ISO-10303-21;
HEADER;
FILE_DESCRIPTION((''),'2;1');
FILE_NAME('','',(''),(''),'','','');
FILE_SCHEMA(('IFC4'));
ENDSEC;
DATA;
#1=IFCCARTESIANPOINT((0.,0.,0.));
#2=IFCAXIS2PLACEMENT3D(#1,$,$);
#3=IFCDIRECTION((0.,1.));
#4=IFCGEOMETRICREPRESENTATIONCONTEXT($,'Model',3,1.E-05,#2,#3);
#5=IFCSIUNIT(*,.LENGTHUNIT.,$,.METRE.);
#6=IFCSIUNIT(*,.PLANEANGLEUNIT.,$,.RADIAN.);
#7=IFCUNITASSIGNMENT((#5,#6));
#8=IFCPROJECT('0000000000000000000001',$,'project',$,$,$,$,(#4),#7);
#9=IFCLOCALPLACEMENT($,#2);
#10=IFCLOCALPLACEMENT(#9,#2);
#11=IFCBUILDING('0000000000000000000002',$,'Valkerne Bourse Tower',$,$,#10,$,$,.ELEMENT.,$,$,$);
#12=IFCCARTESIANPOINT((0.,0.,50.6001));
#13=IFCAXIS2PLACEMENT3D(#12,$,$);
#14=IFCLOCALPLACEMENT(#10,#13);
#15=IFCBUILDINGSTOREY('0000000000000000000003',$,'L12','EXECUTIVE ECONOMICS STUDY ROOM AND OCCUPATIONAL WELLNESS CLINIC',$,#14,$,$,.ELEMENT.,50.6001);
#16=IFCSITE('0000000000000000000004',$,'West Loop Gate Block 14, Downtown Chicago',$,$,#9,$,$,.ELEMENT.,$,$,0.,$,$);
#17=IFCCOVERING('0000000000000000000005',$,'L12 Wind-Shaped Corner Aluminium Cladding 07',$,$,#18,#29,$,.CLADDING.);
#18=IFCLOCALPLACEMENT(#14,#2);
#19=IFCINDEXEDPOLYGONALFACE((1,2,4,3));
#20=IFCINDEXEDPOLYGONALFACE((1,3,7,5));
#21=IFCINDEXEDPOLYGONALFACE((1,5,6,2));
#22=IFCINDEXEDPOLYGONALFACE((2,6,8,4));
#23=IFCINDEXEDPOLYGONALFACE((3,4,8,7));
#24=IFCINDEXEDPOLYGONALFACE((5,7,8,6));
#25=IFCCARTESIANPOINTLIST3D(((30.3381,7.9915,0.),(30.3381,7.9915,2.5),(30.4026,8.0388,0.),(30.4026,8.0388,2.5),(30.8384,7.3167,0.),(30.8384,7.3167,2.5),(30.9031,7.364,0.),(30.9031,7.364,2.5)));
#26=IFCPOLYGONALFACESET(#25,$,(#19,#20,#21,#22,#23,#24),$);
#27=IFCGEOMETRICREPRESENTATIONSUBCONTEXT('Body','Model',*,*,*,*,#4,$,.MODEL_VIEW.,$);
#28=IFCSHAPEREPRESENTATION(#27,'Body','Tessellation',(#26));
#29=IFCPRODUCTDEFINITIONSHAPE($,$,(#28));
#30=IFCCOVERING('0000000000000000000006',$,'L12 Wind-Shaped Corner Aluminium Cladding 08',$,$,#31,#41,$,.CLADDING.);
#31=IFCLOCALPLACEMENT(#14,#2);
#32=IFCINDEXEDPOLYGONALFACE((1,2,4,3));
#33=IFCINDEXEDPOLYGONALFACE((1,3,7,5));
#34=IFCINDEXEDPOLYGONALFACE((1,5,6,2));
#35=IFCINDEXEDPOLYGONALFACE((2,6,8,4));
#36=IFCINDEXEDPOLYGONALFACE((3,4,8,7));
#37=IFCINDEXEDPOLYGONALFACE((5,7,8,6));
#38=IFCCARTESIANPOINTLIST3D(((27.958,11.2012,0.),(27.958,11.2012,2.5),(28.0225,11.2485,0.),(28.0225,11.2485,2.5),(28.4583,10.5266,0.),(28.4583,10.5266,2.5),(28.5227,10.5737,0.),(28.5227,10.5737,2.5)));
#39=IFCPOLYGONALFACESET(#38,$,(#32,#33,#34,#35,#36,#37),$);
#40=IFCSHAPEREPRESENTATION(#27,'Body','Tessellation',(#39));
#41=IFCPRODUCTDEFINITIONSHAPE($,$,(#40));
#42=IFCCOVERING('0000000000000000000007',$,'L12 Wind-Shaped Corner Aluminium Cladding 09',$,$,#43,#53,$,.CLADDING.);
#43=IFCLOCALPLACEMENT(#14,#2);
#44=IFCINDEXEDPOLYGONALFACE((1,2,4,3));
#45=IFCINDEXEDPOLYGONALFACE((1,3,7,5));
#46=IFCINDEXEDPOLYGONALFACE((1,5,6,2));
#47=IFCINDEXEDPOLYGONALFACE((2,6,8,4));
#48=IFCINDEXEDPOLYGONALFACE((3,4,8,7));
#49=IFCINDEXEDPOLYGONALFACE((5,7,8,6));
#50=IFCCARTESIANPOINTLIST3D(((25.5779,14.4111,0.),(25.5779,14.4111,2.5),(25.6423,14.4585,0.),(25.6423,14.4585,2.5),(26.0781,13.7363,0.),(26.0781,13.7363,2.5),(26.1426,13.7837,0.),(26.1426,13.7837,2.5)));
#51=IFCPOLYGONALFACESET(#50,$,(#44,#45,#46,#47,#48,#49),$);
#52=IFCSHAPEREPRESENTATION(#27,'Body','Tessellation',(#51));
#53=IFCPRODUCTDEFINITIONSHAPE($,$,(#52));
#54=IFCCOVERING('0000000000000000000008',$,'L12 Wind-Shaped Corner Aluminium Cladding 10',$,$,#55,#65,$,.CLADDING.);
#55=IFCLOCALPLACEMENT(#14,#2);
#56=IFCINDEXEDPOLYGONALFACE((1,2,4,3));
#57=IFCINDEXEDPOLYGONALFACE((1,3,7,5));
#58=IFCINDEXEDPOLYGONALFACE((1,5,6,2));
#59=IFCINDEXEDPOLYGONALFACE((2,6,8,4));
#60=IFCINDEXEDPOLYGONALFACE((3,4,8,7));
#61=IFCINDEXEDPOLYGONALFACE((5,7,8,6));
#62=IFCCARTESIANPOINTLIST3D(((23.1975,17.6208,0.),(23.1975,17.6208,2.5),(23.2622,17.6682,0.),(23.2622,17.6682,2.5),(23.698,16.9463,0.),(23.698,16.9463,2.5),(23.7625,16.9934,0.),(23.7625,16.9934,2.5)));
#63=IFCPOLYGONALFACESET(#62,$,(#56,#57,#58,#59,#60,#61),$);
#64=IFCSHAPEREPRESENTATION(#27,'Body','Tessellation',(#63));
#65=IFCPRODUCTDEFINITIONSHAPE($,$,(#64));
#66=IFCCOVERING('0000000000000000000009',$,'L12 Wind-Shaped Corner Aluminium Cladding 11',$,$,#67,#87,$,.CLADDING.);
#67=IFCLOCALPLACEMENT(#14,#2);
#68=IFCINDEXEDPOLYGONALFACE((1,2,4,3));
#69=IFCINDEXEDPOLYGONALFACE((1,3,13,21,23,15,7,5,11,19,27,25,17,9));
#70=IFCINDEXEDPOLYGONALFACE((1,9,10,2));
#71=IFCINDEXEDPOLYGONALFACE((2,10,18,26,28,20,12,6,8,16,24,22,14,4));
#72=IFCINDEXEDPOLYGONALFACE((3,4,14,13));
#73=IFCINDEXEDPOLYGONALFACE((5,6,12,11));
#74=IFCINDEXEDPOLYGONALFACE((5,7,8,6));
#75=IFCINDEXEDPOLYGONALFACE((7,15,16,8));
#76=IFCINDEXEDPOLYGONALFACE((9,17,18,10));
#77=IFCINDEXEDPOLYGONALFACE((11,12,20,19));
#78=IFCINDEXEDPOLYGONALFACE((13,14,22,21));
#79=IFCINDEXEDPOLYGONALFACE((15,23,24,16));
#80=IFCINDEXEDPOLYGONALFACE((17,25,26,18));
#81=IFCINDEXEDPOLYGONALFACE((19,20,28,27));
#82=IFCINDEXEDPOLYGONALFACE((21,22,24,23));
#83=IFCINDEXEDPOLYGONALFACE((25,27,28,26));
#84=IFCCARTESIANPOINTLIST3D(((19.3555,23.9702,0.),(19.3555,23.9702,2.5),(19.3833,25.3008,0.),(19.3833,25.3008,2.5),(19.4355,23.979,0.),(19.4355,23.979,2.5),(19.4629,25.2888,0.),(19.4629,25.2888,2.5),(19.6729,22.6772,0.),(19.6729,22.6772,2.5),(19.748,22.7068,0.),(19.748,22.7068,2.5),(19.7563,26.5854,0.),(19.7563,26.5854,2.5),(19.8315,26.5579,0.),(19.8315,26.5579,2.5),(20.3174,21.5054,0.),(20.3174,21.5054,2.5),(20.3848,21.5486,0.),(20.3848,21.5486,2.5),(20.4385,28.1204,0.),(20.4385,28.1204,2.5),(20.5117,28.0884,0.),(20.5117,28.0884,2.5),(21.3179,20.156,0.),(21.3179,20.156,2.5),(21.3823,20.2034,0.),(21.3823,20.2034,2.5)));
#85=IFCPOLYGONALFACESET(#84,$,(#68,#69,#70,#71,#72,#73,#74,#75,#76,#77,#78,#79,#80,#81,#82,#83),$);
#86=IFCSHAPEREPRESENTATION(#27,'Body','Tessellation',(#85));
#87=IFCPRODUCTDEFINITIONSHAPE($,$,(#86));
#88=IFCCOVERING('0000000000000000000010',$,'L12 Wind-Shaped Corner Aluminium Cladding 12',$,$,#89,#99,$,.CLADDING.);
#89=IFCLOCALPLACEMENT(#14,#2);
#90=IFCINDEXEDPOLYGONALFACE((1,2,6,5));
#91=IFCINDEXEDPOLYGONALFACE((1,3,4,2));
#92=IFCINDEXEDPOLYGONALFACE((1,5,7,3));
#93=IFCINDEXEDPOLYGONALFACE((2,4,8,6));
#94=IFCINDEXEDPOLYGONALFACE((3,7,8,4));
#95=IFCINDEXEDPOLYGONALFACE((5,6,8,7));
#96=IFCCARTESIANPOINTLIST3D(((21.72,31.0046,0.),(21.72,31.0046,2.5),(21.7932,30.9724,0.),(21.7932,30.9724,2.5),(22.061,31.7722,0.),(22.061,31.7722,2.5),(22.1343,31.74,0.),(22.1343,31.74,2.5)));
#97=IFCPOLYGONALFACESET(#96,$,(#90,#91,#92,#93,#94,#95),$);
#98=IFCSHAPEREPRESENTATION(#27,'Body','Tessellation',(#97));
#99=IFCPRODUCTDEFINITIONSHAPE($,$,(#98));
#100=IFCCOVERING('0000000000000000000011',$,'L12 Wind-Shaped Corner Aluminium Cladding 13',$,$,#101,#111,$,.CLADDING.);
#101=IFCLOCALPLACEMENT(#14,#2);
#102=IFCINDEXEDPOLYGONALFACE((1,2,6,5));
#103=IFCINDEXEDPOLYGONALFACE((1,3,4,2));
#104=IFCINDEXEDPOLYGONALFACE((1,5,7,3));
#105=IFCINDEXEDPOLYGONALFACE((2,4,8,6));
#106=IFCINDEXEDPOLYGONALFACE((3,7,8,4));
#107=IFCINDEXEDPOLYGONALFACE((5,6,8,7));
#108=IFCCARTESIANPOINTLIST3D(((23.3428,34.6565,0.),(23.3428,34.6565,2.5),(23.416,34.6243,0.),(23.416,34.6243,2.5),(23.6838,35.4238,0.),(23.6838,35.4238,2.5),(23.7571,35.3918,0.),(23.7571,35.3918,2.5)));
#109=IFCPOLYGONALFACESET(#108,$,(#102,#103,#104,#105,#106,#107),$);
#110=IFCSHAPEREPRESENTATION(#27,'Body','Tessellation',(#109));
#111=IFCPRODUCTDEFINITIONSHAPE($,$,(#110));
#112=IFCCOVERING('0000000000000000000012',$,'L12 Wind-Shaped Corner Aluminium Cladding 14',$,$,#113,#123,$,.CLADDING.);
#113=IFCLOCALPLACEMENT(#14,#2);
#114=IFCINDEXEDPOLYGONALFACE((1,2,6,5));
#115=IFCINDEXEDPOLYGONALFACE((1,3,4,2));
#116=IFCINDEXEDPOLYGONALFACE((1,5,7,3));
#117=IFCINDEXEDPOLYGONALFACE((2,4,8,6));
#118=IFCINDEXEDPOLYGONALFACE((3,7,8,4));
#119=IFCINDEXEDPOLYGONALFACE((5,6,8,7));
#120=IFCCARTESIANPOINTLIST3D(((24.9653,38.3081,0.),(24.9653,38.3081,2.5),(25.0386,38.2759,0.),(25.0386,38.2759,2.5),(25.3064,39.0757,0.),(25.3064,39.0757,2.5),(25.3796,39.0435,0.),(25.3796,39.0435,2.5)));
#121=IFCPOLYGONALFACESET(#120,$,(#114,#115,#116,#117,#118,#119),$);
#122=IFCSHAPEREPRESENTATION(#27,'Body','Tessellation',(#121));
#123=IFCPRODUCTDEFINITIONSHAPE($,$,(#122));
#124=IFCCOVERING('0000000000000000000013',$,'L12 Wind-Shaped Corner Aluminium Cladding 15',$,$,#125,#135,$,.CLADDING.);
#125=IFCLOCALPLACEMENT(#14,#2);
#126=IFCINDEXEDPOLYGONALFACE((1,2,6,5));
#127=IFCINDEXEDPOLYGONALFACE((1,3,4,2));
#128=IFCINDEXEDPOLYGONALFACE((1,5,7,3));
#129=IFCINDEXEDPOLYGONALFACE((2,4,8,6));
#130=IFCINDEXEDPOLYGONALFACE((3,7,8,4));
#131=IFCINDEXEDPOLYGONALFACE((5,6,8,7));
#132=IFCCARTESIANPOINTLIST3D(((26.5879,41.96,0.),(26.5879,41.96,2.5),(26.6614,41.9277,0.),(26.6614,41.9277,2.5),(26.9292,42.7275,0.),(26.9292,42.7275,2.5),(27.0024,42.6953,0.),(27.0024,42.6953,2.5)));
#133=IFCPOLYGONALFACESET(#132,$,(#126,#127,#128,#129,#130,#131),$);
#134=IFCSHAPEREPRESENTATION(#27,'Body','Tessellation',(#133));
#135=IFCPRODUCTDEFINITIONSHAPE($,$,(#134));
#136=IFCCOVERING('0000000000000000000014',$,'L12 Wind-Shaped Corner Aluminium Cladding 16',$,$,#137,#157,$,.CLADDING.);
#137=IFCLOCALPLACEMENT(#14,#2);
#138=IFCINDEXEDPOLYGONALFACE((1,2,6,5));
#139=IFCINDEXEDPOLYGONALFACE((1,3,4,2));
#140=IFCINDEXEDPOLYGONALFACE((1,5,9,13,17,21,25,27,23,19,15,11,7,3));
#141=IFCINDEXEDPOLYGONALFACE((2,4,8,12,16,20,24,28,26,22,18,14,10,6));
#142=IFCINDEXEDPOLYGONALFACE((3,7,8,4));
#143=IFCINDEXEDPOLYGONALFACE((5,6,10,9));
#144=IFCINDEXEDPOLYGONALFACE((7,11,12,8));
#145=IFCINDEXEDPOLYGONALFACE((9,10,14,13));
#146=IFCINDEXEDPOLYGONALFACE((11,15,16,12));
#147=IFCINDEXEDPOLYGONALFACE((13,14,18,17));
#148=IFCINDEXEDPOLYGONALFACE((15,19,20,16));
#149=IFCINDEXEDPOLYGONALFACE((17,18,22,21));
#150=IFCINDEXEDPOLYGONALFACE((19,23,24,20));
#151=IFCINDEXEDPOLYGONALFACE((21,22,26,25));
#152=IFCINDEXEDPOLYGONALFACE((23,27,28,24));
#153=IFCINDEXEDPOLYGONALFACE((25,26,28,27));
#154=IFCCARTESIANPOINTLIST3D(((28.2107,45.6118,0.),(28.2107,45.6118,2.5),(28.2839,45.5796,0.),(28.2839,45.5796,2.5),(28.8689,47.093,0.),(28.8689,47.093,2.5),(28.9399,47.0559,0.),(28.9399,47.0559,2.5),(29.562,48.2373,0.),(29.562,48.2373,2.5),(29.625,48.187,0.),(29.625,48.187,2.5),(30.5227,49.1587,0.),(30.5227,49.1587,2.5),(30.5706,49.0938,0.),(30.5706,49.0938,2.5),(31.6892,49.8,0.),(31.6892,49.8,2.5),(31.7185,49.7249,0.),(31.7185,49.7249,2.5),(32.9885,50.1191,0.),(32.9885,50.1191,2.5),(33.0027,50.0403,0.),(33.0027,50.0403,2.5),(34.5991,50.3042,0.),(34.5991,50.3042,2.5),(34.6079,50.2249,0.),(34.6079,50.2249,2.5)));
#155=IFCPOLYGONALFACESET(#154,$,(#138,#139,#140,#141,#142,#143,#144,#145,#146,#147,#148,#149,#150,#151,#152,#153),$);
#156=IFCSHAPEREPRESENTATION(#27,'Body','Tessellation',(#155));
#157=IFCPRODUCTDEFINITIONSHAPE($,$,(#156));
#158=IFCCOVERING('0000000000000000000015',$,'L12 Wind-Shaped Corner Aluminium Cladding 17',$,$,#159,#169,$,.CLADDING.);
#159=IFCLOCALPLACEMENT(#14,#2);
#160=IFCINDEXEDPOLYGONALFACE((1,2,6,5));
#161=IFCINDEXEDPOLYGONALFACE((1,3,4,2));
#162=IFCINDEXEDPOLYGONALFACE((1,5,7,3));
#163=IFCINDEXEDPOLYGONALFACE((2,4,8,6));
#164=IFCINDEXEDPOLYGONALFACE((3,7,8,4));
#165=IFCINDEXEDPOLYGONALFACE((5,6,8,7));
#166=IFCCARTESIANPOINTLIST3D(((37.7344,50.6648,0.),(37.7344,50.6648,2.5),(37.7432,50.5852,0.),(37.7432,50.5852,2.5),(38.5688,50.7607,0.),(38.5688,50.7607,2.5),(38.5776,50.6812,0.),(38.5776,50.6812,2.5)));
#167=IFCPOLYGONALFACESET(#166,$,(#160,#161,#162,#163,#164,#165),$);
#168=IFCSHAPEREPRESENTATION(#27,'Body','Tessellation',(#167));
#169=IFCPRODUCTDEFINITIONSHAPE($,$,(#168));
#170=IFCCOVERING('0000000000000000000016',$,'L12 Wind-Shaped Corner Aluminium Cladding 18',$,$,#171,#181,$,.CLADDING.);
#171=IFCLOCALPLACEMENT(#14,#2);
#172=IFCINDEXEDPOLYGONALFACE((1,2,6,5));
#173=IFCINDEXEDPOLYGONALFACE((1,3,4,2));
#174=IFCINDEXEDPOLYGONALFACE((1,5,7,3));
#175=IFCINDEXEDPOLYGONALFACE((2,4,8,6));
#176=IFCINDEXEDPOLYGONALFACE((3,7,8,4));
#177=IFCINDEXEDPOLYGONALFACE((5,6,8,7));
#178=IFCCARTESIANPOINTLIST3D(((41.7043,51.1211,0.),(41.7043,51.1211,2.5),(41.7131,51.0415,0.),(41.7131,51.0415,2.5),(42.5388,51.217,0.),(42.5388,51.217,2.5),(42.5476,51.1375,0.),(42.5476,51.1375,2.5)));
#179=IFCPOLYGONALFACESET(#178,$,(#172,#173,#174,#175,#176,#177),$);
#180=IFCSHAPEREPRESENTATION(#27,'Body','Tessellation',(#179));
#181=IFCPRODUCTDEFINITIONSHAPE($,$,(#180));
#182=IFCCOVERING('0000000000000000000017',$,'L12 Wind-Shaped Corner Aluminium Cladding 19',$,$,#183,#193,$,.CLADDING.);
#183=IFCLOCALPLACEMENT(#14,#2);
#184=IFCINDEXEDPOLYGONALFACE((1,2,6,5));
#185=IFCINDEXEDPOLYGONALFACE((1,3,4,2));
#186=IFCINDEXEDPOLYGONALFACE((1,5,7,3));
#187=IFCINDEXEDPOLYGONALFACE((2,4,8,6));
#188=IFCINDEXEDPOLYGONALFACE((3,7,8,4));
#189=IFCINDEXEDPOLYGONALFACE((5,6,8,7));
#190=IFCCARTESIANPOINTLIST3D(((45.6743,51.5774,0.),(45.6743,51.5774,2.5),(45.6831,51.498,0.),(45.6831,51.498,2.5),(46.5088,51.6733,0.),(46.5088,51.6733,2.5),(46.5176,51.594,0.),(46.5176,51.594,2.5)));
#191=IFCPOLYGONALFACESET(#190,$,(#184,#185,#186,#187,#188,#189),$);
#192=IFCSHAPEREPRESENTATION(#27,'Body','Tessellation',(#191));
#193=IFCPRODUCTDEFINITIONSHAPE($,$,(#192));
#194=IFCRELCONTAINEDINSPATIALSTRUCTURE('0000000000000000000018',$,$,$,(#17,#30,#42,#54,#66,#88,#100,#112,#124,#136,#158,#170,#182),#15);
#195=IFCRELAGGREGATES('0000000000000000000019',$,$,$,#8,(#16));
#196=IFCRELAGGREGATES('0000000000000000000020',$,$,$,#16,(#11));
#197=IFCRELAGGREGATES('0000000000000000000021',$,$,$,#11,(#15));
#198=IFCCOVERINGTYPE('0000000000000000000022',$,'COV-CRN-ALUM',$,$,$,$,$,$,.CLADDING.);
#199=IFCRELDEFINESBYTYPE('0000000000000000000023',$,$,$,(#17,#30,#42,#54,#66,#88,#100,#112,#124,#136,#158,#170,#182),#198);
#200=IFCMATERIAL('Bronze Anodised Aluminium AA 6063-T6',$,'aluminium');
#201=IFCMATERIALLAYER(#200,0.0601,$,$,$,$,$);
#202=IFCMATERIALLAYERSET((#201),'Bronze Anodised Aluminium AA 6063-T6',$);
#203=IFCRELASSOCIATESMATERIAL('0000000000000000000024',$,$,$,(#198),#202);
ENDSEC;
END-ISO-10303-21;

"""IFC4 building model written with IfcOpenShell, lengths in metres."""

from ifc_helpers import new_model, si_unit, direction, frame, origin, place, context, subcontext, project, spatial, polyline, outline, extrude, material, layer, layer_set, type_object, element, save


model = new_model("IFC4")

# Units and contexts
model_context = context("Model", 3, precision=1e-05, world=origin(), true_north=direction((0.0, 1.0)))
body_context = subcontext(model_context, "Body", "Model", "MODEL_VIEW")
ifc_project = project(units=[si_unit("LENGTHUNIT", "METRE"), si_unit("PLANEANGLEUNIT", "RADIAN")], contexts=[model_context])

# Site, building, storey
site_placement = place(None, origin())
site = spatial("IfcSite", under=ifc_project, at=site_placement, Name="West Loop Gate Block 14, Downtown Chicago", CompositionType="ELEMENT", RefElevation=0.0)
building_placement = place(site_placement, origin())
building = spatial("IfcBuilding", under=site, at=building_placement, Name="Valkerne Bourse Tower", CompositionType="ELEMENT")
storey_placement = place(building_placement, frame((0.0, 0.0, 50.6001)))
storey = spatial("IfcBuildingStorey", under=building, at=storey_placement, Name="L12", Description="EXECUTIVE ECONOMICS STUDY ROOM AND OCCUPATIONAL WELLNESS CLINIC", CompositionType="ELEMENT", Elevation=50.6001)

# Coverings
ifc_material_1 = material(Name="Bronze Anodised Aluminium AA 6063-T6", Category="aluminium")
ifc_layer_1 = layer(ifc_material_1, 0.0601)
ifc_layer_set_1 = layer_set([ifc_layer_1], Name="Bronze Anodised Aluminium AA 6063-T6")
covering_type = type_object("IfcCoveringType", Name="COV-CRN-ALUM", PredefinedType="CLADDING", material=ifc_layer_set_1)
covering_1_placement = place(storey_placement, origin())
element("IfcCovering", 1, at=covering_1_placement, inside=storey, type_object=covering_type, Name="L12 Wind-Shaped Corner Aluminium Cladding 07", PredefinedType="CLADDING", context=body_context, shape_type="SweptSolid", body=[
    extrude(outline(polyline([(30.3381, 7.9915), (30.4026, 8.0388), (30.9031, 7.364), (30.8384, 7.3167), (30.3381, 7.9915)])), origin(), (0.0, 0.0, 1.0), 2.5),
])
covering_2_placement = place(storey_placement, origin())
element("IfcCovering", 2, at=covering_2_placement, inside=storey, type_object=covering_type, Name="L12 Wind-Shaped Corner Aluminium Cladding 08", PredefinedType="CLADDING", context=body_context, shape_type="SweptSolid", body=[
    extrude(outline(polyline([(27.958, 11.2012), (28.0225, 11.2485), (28.5227, 10.5737), (28.4583, 10.5266), (27.958, 11.2012)])), origin(), (0.0, 0.0, 1.0), 2.5),
])
covering_3_placement = place(storey_placement, origin())
element("IfcCovering", 3, at=covering_3_placement, inside=storey, type_object=covering_type, Name="L12 Wind-Shaped Corner Aluminium Cladding 09", PredefinedType="CLADDING", context=body_context, shape_type="SweptSolid", body=[
    extrude(outline(polyline([(25.5779, 14.4111), (25.6423, 14.4585), (26.1426, 13.7837), (26.0781, 13.7363), (25.5779, 14.4111)])), origin(), (0.0, 0.0, 1.0), 2.5),
])
covering_4_placement = place(storey_placement, origin())
element("IfcCovering", 4, at=covering_4_placement, inside=storey, type_object=covering_type, Name="L12 Wind-Shaped Corner Aluminium Cladding 10", PredefinedType="CLADDING", context=body_context, shape_type="SweptSolid", body=[
    extrude(outline(polyline([(23.1975, 17.6208), (23.2622, 17.6682), (23.7625, 16.9934), (23.698, 16.9463), (23.1975, 17.6208)])), origin(), (0.0, 0.0, 1.0), 2.5),
])
covering_5_placement = place(storey_placement, origin())
element("IfcCovering", 5, at=covering_5_placement, inside=storey, type_object=covering_type, Name="L12 Wind-Shaped Corner Aluminium Cladding 11", PredefinedType="CLADDING", context=body_context, shape_type="SweptSolid", body=[
    extrude(outline(polyline([(20.3174, 21.5054), (19.6729, 22.6772), (19.3555, 23.9702), (19.3833, 25.3008), (19.7563, 26.5854), (20.4385, 28.1204), (20.5117, 28.0884), (19.8315, 26.5579), (19.4629, 25.2888), (19.4355, 23.979), (19.748, 22.7068), (20.3848, 21.5486), (21.3823, 20.2034), (21.3179, 20.156), (20.3174, 21.5054)])), origin(), (0.0, 0.0, 1.0), 2.5),
])
covering_6_placement = place(storey_placement, origin())
element("IfcCovering", 6, at=covering_6_placement, inside=storey, type_object=covering_type, Name="L12 Wind-Shaped Corner Aluminium Cladding 12", PredefinedType="CLADDING", context=body_context, shape_type="SweptSolid", body=[
    extrude(outline(polyline([(22.061, 31.7722), (22.1343, 31.74), (21.7932, 30.9724), (21.72, 31.0046), (22.061, 31.7722)])), origin(), (0.0, 0.0, 1.0), 2.5),
])
covering_7_placement = place(storey_placement, origin())
element("IfcCovering", 7, at=covering_7_placement, inside=storey, type_object=covering_type, Name="L12 Wind-Shaped Corner Aluminium Cladding 13", PredefinedType="CLADDING", context=body_context, shape_type="SweptSolid", body=[
    extrude(outline(polyline([(23.6838, 35.4238), (23.7571, 35.3918), (23.416, 34.6243), (23.3428, 34.6565), (23.6838, 35.4238)])), origin(), (0.0, 0.0, 1.0), 2.5),
])
covering_8_placement = place(storey_placement, origin())
element("IfcCovering", 8, at=covering_8_placement, inside=storey, type_object=covering_type, Name="L12 Wind-Shaped Corner Aluminium Cladding 14", PredefinedType="CLADDING", context=body_context, shape_type="SweptSolid", body=[
    extrude(outline(polyline([(25.3064, 39.0757), (25.3796, 39.0435), (25.0386, 38.2759), (24.9653, 38.3081), (25.3064, 39.0757)])), origin(), (0.0, 0.0, 1.0), 2.5),
])
covering_9_placement = place(storey_placement, origin())
element("IfcCovering", 9, at=covering_9_placement, inside=storey, type_object=covering_type, Name="L12 Wind-Shaped Corner Aluminium Cladding 15", PredefinedType="CLADDING", context=body_context, shape_type="SweptSolid", body=[
    extrude(outline(polyline([(26.9292, 42.7275), (27.0024, 42.6953), (26.6614, 41.9277), (26.5879, 41.96), (26.9292, 42.7275)])), origin(), (0.0, 0.0, 1.0), 2.5),
])
covering_10_placement = place(storey_placement, origin())
element("IfcCovering", 10, at=covering_10_placement, inside=storey, type_object=covering_type, Name="L12 Wind-Shaped Corner Aluminium Cladding 16", PredefinedType="CLADDING", context=body_context, shape_type="SweptSolid", body=[
    extrude(outline(polyline([(28.8689, 47.093), (29.562, 48.2373), (30.5227, 49.1587), (31.6892, 49.8), (32.9885, 50.1191), (34.5991, 50.3042), (34.6079, 50.2249), (33.0027, 50.0403), (31.7185, 49.7249), (30.5706, 49.0938), (29.625, 48.187), (28.9399, 47.0559), (28.2839, 45.5796), (28.2107, 45.6118), (28.8689, 47.093)])), origin(), (0.0, 0.0, 1.0), 2.5),
])
covering_11_placement = place(storey_placement, origin())
element("IfcCovering", 11, at=covering_11_placement, inside=storey, type_object=covering_type, Name="L12 Wind-Shaped Corner Aluminium Cladding 17", PredefinedType="CLADDING", context=body_context, shape_type="SweptSolid", body=[
    extrude(outline(polyline([(38.5688, 50.7607), (38.5776, 50.6812), (37.7432, 50.5852), (37.7344, 50.6648), (38.5688, 50.7607)])), origin(), (0.0, 0.0, 1.0), 2.5),
])
covering_12_placement = place(storey_placement, origin())
element("IfcCovering", 12, at=covering_12_placement, inside=storey, type_object=covering_type, Name="L12 Wind-Shaped Corner Aluminium Cladding 18", PredefinedType="CLADDING", context=body_context, shape_type="SweptSolid", body=[
    extrude(outline(polyline([(42.5388, 51.217), (42.5476, 51.1375), (41.7131, 51.0415), (41.7043, 51.1211), (42.5388, 51.217)])), origin(), (0.0, 0.0, 1.0), 2.5),
])
covering_13_placement = place(storey_placement, origin())
element("IfcCovering", 13, at=covering_13_placement, inside=storey, type_object=covering_type, Name="L12 Wind-Shaped Corner Aluminium Cladding 19", PredefinedType="CLADDING", context=body_context, shape_type="SweptSolid", body=[
    extrude(outline(polyline([(46.5088, 51.6733), (46.5176, 51.594), (45.6831, 51.498), (45.6743, 51.5774), (46.5088, 51.6733)])), origin(), (0.0, 0.0, 1.0), 2.5),
])

save(model, "model.ifc")
